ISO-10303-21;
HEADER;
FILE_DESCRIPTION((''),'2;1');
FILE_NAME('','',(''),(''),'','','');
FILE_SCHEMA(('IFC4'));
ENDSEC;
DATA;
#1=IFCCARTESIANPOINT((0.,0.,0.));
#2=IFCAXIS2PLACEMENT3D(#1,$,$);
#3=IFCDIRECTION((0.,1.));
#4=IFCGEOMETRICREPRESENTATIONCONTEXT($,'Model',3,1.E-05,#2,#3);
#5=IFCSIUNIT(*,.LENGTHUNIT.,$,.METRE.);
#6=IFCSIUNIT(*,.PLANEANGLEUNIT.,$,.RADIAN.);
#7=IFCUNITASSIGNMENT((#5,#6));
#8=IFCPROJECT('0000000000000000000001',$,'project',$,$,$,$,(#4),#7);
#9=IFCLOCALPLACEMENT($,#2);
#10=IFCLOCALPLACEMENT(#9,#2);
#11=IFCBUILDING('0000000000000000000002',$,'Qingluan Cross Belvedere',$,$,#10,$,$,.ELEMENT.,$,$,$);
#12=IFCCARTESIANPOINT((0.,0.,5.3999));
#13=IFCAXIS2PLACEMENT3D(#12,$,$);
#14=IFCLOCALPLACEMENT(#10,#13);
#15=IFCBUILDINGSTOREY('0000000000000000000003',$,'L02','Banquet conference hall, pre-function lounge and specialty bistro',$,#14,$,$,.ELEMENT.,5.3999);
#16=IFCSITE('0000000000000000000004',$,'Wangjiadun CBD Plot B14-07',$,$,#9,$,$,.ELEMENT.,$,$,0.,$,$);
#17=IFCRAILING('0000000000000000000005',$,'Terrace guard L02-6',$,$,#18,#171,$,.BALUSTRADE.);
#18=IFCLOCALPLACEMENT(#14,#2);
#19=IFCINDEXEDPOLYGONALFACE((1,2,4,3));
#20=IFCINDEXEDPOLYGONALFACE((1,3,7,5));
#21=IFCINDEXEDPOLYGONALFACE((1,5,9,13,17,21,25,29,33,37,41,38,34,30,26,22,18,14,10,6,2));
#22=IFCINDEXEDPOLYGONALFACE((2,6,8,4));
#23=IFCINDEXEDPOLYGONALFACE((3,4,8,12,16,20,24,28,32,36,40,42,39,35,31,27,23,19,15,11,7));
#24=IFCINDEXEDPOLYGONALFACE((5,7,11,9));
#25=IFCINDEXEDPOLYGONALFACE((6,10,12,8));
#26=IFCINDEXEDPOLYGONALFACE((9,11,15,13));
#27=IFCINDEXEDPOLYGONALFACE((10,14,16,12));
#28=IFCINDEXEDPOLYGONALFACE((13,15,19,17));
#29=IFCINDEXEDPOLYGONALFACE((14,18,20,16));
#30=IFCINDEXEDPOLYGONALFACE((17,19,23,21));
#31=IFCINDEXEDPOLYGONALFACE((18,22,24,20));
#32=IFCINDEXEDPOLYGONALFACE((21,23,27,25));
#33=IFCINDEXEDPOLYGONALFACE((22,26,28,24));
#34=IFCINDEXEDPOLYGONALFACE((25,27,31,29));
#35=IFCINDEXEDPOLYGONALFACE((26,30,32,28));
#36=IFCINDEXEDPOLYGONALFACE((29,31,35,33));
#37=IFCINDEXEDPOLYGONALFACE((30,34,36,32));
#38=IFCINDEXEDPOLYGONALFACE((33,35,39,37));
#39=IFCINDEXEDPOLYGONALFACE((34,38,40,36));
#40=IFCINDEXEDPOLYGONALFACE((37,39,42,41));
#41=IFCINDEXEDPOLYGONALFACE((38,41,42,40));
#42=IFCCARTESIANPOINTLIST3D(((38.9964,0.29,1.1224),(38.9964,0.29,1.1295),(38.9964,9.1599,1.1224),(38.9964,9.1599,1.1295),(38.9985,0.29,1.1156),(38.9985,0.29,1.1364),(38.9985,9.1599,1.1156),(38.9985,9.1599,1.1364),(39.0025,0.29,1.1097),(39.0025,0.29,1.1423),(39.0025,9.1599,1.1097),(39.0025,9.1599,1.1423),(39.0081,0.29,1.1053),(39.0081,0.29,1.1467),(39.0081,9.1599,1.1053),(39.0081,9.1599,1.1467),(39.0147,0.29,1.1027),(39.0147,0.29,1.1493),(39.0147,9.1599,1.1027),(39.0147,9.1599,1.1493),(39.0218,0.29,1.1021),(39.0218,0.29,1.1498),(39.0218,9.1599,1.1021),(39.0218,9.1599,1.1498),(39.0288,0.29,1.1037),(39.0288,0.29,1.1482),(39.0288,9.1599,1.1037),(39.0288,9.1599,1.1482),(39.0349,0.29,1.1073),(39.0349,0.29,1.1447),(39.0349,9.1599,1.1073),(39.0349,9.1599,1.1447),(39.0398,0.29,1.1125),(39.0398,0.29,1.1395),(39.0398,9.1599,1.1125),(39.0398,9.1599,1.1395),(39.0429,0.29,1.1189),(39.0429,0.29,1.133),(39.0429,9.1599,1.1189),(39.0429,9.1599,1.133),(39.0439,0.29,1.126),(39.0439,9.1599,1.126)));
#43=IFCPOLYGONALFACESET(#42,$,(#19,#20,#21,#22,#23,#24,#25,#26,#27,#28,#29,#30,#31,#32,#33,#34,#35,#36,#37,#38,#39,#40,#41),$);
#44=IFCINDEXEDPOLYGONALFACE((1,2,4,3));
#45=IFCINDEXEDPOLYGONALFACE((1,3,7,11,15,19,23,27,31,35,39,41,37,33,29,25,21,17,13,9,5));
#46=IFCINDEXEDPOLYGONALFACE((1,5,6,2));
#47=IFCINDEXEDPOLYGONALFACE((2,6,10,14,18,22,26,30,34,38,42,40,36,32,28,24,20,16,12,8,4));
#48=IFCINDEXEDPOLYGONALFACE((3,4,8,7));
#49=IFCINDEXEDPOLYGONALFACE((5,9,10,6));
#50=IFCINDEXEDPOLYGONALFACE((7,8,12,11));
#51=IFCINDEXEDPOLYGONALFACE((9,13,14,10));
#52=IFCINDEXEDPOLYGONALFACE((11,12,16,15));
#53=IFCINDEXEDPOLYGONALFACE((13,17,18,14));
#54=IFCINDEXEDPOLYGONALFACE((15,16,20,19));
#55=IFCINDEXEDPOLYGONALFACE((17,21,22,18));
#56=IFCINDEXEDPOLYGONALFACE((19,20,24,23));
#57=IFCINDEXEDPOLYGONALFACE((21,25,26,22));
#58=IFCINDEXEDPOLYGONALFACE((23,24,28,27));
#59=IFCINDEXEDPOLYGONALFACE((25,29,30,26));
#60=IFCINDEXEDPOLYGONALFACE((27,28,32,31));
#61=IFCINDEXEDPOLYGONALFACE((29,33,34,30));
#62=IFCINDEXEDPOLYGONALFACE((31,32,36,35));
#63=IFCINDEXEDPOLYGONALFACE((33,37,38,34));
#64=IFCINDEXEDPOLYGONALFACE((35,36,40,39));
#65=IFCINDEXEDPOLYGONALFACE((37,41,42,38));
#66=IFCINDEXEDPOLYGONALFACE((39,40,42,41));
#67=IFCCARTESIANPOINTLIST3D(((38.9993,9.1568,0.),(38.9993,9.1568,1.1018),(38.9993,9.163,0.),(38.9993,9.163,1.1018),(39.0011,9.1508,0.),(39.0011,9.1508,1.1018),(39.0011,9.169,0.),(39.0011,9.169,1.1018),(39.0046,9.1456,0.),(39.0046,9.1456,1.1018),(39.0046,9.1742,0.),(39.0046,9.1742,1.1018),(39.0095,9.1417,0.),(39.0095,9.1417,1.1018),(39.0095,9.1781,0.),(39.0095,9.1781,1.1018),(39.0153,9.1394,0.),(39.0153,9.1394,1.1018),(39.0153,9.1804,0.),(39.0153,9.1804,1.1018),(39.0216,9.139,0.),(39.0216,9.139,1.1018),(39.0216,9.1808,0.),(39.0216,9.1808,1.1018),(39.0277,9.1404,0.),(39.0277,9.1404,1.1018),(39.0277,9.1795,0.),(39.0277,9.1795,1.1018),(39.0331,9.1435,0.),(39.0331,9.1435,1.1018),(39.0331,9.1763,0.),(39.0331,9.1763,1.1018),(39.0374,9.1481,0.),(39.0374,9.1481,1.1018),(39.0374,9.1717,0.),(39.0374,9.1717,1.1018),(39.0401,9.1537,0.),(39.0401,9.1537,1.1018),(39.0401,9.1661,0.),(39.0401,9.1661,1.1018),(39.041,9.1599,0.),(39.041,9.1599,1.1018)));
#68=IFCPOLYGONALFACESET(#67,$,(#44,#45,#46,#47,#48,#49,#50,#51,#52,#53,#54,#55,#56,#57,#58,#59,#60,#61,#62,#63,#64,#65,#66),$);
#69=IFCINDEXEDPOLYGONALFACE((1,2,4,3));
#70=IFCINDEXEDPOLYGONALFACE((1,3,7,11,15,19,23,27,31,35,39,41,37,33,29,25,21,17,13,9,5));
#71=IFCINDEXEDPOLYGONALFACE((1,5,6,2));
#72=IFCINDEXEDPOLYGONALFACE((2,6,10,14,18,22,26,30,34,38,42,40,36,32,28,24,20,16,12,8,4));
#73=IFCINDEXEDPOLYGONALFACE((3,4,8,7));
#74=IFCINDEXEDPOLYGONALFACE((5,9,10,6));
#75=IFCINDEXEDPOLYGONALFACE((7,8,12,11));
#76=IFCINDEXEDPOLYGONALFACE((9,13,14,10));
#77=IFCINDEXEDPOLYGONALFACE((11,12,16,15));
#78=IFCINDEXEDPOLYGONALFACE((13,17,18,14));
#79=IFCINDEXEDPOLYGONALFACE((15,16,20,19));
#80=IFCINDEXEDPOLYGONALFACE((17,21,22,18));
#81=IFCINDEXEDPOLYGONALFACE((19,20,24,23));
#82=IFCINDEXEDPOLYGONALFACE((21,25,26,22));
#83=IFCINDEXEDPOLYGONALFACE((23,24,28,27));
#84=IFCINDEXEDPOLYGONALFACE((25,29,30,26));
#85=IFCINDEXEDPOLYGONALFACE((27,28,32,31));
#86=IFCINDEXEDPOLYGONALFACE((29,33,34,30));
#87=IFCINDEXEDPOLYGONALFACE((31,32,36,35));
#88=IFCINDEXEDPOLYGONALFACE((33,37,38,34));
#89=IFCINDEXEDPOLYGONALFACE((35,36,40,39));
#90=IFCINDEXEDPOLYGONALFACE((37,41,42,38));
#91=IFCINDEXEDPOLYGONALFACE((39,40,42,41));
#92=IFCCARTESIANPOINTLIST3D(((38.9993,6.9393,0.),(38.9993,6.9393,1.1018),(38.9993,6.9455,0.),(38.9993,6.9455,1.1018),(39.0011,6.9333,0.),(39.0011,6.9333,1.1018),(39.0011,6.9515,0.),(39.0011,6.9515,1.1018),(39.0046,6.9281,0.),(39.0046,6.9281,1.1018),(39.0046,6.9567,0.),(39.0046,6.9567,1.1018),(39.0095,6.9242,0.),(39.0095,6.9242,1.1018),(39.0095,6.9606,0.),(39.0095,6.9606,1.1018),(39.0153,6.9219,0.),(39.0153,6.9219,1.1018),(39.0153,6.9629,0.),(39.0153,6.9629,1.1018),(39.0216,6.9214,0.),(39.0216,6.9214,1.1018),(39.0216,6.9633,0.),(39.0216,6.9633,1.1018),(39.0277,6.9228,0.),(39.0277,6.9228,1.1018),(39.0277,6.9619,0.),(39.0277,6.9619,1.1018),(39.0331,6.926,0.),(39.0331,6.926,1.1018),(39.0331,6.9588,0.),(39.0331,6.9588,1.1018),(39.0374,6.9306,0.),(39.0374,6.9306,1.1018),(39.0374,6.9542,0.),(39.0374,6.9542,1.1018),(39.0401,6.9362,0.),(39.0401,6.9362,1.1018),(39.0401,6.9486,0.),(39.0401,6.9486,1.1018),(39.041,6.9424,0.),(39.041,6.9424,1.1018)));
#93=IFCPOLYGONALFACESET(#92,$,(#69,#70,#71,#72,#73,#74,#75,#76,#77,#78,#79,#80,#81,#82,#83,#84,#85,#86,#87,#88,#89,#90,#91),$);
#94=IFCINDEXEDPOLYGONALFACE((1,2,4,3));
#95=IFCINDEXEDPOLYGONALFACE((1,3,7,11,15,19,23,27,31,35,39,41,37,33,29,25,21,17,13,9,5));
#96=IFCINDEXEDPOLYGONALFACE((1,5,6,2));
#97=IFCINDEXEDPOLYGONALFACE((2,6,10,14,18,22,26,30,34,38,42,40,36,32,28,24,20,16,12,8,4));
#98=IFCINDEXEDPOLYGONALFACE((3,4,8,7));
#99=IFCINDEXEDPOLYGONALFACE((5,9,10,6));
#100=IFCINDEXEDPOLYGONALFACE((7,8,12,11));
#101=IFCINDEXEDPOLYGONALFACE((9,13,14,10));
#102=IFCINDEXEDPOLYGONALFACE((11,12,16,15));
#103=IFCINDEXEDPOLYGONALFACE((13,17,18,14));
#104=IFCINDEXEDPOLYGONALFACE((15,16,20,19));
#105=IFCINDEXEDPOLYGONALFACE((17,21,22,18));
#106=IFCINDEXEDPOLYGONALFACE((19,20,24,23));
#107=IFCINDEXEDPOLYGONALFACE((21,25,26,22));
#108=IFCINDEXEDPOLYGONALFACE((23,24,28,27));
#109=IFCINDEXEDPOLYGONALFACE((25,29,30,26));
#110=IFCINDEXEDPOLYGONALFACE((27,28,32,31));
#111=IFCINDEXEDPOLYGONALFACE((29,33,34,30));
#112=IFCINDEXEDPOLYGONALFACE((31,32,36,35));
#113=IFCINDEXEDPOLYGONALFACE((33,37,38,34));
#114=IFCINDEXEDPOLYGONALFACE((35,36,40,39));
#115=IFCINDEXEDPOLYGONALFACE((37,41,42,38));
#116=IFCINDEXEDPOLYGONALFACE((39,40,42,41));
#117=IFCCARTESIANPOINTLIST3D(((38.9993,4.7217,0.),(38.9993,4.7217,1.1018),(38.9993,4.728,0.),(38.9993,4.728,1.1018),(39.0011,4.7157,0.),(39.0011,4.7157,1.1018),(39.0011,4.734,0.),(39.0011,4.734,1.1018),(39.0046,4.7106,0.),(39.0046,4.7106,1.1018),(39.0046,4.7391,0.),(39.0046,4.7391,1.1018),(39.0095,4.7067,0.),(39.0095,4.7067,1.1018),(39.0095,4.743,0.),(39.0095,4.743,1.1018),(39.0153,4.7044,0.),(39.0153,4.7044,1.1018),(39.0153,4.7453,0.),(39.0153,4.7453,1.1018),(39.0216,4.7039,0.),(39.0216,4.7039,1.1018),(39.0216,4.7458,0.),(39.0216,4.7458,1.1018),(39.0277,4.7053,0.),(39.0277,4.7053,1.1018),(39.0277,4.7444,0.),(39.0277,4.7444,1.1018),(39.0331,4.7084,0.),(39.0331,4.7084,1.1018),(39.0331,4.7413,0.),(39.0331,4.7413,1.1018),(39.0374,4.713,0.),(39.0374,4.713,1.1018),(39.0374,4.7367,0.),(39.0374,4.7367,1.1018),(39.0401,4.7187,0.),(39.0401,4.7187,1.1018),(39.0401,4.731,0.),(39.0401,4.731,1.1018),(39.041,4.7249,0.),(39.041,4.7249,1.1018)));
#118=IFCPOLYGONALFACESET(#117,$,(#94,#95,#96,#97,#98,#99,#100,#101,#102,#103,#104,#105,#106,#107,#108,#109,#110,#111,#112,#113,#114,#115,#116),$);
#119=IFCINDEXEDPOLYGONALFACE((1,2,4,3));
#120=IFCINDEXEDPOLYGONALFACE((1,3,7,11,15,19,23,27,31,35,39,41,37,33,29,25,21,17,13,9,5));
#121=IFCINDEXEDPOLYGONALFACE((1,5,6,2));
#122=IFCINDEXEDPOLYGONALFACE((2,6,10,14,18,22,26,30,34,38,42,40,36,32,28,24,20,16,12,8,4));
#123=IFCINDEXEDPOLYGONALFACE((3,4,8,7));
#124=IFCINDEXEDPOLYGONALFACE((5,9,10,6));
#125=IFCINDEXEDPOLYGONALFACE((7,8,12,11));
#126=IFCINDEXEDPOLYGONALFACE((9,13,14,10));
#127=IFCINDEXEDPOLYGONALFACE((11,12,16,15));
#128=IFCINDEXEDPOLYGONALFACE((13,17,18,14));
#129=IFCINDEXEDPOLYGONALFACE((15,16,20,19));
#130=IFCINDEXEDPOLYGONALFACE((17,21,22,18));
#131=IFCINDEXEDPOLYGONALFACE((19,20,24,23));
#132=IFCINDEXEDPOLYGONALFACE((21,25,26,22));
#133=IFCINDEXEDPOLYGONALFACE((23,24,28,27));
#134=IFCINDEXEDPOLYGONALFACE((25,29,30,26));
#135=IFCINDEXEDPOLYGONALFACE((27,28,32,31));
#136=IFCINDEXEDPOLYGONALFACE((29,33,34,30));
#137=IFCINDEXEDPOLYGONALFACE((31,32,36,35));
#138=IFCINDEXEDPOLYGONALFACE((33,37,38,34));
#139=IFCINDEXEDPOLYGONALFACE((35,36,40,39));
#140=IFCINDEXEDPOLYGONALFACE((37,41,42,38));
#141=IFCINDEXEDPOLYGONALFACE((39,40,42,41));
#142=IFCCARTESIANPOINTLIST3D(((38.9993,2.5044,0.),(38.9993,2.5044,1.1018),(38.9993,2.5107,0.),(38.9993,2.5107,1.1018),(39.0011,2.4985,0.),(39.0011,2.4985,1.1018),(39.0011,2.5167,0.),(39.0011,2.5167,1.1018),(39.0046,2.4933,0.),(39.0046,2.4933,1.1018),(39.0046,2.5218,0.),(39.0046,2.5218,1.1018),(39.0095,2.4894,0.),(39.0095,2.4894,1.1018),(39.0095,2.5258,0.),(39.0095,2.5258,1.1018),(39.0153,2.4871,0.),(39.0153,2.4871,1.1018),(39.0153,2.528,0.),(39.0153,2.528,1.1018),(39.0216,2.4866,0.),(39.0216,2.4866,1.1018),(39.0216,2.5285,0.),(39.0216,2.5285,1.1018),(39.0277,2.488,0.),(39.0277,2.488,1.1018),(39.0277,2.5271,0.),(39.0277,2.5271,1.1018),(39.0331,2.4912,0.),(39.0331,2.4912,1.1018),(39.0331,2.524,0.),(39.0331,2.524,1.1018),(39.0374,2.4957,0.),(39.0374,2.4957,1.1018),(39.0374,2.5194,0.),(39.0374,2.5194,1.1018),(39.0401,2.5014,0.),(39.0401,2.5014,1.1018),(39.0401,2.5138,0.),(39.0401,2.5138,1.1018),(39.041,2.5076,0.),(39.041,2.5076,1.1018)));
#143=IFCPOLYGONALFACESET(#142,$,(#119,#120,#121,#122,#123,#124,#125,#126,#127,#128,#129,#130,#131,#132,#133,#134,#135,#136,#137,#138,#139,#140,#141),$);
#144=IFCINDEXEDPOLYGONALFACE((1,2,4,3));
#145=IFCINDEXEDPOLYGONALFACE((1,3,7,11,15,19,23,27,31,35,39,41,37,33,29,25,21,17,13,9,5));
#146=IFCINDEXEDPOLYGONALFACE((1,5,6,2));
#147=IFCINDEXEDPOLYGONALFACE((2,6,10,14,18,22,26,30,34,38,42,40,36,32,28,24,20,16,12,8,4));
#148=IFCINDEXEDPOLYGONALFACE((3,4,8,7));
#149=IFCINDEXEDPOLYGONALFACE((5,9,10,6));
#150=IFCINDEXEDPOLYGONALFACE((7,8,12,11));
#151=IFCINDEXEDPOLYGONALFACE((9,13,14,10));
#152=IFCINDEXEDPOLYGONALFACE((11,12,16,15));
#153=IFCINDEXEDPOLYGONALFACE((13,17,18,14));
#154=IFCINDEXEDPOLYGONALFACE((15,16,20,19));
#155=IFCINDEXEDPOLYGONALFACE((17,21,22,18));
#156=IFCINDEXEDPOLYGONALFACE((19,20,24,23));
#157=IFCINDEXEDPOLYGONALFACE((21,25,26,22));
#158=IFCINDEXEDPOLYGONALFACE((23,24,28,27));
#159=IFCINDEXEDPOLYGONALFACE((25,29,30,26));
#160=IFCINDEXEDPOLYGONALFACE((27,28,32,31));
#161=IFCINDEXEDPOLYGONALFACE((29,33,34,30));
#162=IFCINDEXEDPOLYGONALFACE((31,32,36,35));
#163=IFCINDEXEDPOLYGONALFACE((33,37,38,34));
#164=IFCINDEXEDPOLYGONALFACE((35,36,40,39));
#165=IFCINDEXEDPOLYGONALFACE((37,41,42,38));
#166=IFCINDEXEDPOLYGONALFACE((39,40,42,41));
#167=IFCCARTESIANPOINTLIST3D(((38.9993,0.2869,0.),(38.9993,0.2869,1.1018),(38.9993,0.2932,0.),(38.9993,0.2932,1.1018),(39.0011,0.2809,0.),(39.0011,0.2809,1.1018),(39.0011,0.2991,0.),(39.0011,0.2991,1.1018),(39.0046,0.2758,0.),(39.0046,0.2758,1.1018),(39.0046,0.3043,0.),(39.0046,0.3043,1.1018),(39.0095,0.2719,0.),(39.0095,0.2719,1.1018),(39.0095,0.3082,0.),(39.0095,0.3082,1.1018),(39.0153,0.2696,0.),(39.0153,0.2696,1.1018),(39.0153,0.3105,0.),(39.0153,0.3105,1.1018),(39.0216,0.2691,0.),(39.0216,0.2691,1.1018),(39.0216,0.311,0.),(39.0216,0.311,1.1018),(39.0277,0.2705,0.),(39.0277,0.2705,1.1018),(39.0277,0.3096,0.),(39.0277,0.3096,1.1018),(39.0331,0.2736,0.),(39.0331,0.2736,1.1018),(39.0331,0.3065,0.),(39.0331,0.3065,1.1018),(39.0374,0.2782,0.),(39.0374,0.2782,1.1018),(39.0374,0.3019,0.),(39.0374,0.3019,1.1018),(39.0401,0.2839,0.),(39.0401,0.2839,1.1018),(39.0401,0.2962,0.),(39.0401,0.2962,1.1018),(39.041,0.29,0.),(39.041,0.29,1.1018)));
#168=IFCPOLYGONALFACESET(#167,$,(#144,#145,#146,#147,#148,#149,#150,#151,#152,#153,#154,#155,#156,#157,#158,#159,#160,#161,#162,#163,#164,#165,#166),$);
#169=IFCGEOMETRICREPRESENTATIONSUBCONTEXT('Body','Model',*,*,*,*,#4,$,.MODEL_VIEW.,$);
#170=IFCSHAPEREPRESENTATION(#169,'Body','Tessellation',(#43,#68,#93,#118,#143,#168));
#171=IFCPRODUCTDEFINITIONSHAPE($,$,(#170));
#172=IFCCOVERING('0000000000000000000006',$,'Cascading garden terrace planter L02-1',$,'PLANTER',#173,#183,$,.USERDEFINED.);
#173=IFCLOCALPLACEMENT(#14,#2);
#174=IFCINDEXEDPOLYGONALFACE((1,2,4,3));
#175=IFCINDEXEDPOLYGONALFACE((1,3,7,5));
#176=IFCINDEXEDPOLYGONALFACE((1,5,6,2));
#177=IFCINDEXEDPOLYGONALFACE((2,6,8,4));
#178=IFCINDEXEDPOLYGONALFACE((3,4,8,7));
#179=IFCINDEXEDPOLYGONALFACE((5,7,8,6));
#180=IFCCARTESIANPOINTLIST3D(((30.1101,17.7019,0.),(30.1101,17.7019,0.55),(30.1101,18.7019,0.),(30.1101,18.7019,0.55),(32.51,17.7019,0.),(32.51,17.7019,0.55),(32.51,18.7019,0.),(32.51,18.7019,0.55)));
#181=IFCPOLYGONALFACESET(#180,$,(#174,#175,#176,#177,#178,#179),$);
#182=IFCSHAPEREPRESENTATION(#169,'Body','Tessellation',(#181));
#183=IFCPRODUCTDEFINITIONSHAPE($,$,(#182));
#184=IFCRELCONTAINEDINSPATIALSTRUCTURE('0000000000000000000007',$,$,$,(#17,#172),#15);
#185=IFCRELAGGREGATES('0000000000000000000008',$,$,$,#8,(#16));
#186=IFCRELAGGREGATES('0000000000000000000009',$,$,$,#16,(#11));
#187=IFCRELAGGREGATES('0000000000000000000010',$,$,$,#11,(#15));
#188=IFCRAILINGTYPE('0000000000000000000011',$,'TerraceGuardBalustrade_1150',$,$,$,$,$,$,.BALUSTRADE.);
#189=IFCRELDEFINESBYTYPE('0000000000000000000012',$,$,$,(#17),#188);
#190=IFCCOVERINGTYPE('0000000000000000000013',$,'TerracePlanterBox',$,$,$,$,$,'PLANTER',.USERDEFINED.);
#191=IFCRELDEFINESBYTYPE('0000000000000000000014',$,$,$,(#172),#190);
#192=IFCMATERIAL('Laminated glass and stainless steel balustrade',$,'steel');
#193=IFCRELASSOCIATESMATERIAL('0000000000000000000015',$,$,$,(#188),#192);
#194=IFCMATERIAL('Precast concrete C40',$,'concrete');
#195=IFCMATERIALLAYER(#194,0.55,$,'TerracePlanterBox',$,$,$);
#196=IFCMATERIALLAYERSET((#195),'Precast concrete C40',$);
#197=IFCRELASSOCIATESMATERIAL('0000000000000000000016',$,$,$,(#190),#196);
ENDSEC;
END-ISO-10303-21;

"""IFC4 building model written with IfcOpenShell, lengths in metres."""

from ifc_helpers import new_model, si_unit, direction, frame, origin, origin_2d, place, context, subcontext, project, spatial, rectangle, circle, extrude, material, layer, layer_set, type_object, element, save


model = new_model("IFC4")

# Units and contexts
model_context = context("Model", 3, precision=1e-05, world=origin(), true_north=direction((0.0, 1.0)))
body_context = subcontext(model_context, "Body", "Model", "MODEL_VIEW")
ifc_project = project(units=[si_unit("LENGTHUNIT", "METRE"), si_unit("PLANEANGLEUNIT", "RADIAN")], contexts=[model_context])

# Site, building, storey
site_placement = place(None, origin())
site = spatial("IfcSite", under=ifc_project, at=site_placement, Name="Wangjiadun CBD Plot B14-07", CompositionType="ELEMENT", RefElevation=0.0)
building_placement = place(site_placement, origin())
building = spatial("IfcBuilding", under=site, at=building_placement, Name="Qingluan Cross Belvedere", CompositionType="ELEMENT")
storey_placement = place(building_placement, frame((0.0, 0.0, 5.3999)))
storey = spatial("IfcBuildingStorey", under=building, at=storey_placement, Name="L02", Description="Banquet conference hall, pre-function lounge and specialty bistro", CompositionType="ELEMENT", Elevation=5.3999)

# Railing
ifc_material_1 = material(Name="Laminated glass and stainless steel balustrade", Category="steel")
railing_type = type_object("IfcRailingType", Name="TerraceGuardBalustrade_1150", PredefinedType="BALUSTRADE", material=ifc_material_1)
railing_1_placement = place(storey_placement, frame((39.02, 9.1599, 0.0)))
element("IfcRailing", 1, at=railing_1_placement, inside=storey, type_object=railing_type, Name="Terrace guard L02-6", PredefinedType="BALUSTRADE", context=body_context, shape_type="SweptSolid", body=[
    extrude(circle(Radius=0.0239, at=origin_2d()), frame((0.0, 0.0, 1.126), z_axis=(0.0, -1.0, 0.0), x_axis=(1.0, 0.0, 0.0)), (0.0, 0.0, 1.0), 8.8699),
    extrude(circle(Radius=0.021, at=origin_2d()), origin(), (0.0, 0.0, 1.0), 1.1018),
    extrude(circle(Radius=0.021, at=origin_2d()), frame((0.0, -2.2175, 0.0)), (0.0, 0.0, 1.0), 1.1018),
    extrude(circle(Radius=0.021, at=origin_2d()), frame((0.0, -4.4351, 0.0)), (0.0, 0.0, 1.0), 1.1018),
    extrude(circle(Radius=0.021, at=origin_2d()), frame((0.0, -6.6523, 0.0)), (0.0, 0.0, 1.0), 1.1018),
    extrude(circle(Radius=0.021, at=origin_2d()), frame((0.0, -8.8699, 0.0)), (0.0, 0.0, 1.0), 1.1018),
])

# Covering
ifc_material_2 = material(Name="Precast concrete C40", Category="concrete")
ifc_layer_1 = layer(ifc_material_2, 0.55, Name="TerracePlanterBox")
ifc_layer_set_1 = layer_set([ifc_layer_1], Name="Precast concrete C40")
covering_type = type_object("IfcCoveringType", Name="TerracePlanterBox", ElementType="PLANTER", PredefinedType="USERDEFINED", material=ifc_layer_set_1)
covering_placement = place(storey_placement, frame((31.3101, 18.2019, 0.0), z_axis=(0.0, 0.0, 1.0), x_axis=(1.0, 0.0, 0.0)))
element("IfcCovering", 2, at=covering_placement, inside=storey, type_object=covering_type, Name="Cascading garden terrace planter L02-1", ObjectType="PLANTER", PredefinedType="USERDEFINED", context=body_context, shape_type="SweptSolid", body=[
    extrude(rectangle(XDim=2.3999, YDim=1.0, at=origin_2d()), origin(), (0.0, 0.0, 1.0), 0.55),
])

save(model, "model.ifc")
